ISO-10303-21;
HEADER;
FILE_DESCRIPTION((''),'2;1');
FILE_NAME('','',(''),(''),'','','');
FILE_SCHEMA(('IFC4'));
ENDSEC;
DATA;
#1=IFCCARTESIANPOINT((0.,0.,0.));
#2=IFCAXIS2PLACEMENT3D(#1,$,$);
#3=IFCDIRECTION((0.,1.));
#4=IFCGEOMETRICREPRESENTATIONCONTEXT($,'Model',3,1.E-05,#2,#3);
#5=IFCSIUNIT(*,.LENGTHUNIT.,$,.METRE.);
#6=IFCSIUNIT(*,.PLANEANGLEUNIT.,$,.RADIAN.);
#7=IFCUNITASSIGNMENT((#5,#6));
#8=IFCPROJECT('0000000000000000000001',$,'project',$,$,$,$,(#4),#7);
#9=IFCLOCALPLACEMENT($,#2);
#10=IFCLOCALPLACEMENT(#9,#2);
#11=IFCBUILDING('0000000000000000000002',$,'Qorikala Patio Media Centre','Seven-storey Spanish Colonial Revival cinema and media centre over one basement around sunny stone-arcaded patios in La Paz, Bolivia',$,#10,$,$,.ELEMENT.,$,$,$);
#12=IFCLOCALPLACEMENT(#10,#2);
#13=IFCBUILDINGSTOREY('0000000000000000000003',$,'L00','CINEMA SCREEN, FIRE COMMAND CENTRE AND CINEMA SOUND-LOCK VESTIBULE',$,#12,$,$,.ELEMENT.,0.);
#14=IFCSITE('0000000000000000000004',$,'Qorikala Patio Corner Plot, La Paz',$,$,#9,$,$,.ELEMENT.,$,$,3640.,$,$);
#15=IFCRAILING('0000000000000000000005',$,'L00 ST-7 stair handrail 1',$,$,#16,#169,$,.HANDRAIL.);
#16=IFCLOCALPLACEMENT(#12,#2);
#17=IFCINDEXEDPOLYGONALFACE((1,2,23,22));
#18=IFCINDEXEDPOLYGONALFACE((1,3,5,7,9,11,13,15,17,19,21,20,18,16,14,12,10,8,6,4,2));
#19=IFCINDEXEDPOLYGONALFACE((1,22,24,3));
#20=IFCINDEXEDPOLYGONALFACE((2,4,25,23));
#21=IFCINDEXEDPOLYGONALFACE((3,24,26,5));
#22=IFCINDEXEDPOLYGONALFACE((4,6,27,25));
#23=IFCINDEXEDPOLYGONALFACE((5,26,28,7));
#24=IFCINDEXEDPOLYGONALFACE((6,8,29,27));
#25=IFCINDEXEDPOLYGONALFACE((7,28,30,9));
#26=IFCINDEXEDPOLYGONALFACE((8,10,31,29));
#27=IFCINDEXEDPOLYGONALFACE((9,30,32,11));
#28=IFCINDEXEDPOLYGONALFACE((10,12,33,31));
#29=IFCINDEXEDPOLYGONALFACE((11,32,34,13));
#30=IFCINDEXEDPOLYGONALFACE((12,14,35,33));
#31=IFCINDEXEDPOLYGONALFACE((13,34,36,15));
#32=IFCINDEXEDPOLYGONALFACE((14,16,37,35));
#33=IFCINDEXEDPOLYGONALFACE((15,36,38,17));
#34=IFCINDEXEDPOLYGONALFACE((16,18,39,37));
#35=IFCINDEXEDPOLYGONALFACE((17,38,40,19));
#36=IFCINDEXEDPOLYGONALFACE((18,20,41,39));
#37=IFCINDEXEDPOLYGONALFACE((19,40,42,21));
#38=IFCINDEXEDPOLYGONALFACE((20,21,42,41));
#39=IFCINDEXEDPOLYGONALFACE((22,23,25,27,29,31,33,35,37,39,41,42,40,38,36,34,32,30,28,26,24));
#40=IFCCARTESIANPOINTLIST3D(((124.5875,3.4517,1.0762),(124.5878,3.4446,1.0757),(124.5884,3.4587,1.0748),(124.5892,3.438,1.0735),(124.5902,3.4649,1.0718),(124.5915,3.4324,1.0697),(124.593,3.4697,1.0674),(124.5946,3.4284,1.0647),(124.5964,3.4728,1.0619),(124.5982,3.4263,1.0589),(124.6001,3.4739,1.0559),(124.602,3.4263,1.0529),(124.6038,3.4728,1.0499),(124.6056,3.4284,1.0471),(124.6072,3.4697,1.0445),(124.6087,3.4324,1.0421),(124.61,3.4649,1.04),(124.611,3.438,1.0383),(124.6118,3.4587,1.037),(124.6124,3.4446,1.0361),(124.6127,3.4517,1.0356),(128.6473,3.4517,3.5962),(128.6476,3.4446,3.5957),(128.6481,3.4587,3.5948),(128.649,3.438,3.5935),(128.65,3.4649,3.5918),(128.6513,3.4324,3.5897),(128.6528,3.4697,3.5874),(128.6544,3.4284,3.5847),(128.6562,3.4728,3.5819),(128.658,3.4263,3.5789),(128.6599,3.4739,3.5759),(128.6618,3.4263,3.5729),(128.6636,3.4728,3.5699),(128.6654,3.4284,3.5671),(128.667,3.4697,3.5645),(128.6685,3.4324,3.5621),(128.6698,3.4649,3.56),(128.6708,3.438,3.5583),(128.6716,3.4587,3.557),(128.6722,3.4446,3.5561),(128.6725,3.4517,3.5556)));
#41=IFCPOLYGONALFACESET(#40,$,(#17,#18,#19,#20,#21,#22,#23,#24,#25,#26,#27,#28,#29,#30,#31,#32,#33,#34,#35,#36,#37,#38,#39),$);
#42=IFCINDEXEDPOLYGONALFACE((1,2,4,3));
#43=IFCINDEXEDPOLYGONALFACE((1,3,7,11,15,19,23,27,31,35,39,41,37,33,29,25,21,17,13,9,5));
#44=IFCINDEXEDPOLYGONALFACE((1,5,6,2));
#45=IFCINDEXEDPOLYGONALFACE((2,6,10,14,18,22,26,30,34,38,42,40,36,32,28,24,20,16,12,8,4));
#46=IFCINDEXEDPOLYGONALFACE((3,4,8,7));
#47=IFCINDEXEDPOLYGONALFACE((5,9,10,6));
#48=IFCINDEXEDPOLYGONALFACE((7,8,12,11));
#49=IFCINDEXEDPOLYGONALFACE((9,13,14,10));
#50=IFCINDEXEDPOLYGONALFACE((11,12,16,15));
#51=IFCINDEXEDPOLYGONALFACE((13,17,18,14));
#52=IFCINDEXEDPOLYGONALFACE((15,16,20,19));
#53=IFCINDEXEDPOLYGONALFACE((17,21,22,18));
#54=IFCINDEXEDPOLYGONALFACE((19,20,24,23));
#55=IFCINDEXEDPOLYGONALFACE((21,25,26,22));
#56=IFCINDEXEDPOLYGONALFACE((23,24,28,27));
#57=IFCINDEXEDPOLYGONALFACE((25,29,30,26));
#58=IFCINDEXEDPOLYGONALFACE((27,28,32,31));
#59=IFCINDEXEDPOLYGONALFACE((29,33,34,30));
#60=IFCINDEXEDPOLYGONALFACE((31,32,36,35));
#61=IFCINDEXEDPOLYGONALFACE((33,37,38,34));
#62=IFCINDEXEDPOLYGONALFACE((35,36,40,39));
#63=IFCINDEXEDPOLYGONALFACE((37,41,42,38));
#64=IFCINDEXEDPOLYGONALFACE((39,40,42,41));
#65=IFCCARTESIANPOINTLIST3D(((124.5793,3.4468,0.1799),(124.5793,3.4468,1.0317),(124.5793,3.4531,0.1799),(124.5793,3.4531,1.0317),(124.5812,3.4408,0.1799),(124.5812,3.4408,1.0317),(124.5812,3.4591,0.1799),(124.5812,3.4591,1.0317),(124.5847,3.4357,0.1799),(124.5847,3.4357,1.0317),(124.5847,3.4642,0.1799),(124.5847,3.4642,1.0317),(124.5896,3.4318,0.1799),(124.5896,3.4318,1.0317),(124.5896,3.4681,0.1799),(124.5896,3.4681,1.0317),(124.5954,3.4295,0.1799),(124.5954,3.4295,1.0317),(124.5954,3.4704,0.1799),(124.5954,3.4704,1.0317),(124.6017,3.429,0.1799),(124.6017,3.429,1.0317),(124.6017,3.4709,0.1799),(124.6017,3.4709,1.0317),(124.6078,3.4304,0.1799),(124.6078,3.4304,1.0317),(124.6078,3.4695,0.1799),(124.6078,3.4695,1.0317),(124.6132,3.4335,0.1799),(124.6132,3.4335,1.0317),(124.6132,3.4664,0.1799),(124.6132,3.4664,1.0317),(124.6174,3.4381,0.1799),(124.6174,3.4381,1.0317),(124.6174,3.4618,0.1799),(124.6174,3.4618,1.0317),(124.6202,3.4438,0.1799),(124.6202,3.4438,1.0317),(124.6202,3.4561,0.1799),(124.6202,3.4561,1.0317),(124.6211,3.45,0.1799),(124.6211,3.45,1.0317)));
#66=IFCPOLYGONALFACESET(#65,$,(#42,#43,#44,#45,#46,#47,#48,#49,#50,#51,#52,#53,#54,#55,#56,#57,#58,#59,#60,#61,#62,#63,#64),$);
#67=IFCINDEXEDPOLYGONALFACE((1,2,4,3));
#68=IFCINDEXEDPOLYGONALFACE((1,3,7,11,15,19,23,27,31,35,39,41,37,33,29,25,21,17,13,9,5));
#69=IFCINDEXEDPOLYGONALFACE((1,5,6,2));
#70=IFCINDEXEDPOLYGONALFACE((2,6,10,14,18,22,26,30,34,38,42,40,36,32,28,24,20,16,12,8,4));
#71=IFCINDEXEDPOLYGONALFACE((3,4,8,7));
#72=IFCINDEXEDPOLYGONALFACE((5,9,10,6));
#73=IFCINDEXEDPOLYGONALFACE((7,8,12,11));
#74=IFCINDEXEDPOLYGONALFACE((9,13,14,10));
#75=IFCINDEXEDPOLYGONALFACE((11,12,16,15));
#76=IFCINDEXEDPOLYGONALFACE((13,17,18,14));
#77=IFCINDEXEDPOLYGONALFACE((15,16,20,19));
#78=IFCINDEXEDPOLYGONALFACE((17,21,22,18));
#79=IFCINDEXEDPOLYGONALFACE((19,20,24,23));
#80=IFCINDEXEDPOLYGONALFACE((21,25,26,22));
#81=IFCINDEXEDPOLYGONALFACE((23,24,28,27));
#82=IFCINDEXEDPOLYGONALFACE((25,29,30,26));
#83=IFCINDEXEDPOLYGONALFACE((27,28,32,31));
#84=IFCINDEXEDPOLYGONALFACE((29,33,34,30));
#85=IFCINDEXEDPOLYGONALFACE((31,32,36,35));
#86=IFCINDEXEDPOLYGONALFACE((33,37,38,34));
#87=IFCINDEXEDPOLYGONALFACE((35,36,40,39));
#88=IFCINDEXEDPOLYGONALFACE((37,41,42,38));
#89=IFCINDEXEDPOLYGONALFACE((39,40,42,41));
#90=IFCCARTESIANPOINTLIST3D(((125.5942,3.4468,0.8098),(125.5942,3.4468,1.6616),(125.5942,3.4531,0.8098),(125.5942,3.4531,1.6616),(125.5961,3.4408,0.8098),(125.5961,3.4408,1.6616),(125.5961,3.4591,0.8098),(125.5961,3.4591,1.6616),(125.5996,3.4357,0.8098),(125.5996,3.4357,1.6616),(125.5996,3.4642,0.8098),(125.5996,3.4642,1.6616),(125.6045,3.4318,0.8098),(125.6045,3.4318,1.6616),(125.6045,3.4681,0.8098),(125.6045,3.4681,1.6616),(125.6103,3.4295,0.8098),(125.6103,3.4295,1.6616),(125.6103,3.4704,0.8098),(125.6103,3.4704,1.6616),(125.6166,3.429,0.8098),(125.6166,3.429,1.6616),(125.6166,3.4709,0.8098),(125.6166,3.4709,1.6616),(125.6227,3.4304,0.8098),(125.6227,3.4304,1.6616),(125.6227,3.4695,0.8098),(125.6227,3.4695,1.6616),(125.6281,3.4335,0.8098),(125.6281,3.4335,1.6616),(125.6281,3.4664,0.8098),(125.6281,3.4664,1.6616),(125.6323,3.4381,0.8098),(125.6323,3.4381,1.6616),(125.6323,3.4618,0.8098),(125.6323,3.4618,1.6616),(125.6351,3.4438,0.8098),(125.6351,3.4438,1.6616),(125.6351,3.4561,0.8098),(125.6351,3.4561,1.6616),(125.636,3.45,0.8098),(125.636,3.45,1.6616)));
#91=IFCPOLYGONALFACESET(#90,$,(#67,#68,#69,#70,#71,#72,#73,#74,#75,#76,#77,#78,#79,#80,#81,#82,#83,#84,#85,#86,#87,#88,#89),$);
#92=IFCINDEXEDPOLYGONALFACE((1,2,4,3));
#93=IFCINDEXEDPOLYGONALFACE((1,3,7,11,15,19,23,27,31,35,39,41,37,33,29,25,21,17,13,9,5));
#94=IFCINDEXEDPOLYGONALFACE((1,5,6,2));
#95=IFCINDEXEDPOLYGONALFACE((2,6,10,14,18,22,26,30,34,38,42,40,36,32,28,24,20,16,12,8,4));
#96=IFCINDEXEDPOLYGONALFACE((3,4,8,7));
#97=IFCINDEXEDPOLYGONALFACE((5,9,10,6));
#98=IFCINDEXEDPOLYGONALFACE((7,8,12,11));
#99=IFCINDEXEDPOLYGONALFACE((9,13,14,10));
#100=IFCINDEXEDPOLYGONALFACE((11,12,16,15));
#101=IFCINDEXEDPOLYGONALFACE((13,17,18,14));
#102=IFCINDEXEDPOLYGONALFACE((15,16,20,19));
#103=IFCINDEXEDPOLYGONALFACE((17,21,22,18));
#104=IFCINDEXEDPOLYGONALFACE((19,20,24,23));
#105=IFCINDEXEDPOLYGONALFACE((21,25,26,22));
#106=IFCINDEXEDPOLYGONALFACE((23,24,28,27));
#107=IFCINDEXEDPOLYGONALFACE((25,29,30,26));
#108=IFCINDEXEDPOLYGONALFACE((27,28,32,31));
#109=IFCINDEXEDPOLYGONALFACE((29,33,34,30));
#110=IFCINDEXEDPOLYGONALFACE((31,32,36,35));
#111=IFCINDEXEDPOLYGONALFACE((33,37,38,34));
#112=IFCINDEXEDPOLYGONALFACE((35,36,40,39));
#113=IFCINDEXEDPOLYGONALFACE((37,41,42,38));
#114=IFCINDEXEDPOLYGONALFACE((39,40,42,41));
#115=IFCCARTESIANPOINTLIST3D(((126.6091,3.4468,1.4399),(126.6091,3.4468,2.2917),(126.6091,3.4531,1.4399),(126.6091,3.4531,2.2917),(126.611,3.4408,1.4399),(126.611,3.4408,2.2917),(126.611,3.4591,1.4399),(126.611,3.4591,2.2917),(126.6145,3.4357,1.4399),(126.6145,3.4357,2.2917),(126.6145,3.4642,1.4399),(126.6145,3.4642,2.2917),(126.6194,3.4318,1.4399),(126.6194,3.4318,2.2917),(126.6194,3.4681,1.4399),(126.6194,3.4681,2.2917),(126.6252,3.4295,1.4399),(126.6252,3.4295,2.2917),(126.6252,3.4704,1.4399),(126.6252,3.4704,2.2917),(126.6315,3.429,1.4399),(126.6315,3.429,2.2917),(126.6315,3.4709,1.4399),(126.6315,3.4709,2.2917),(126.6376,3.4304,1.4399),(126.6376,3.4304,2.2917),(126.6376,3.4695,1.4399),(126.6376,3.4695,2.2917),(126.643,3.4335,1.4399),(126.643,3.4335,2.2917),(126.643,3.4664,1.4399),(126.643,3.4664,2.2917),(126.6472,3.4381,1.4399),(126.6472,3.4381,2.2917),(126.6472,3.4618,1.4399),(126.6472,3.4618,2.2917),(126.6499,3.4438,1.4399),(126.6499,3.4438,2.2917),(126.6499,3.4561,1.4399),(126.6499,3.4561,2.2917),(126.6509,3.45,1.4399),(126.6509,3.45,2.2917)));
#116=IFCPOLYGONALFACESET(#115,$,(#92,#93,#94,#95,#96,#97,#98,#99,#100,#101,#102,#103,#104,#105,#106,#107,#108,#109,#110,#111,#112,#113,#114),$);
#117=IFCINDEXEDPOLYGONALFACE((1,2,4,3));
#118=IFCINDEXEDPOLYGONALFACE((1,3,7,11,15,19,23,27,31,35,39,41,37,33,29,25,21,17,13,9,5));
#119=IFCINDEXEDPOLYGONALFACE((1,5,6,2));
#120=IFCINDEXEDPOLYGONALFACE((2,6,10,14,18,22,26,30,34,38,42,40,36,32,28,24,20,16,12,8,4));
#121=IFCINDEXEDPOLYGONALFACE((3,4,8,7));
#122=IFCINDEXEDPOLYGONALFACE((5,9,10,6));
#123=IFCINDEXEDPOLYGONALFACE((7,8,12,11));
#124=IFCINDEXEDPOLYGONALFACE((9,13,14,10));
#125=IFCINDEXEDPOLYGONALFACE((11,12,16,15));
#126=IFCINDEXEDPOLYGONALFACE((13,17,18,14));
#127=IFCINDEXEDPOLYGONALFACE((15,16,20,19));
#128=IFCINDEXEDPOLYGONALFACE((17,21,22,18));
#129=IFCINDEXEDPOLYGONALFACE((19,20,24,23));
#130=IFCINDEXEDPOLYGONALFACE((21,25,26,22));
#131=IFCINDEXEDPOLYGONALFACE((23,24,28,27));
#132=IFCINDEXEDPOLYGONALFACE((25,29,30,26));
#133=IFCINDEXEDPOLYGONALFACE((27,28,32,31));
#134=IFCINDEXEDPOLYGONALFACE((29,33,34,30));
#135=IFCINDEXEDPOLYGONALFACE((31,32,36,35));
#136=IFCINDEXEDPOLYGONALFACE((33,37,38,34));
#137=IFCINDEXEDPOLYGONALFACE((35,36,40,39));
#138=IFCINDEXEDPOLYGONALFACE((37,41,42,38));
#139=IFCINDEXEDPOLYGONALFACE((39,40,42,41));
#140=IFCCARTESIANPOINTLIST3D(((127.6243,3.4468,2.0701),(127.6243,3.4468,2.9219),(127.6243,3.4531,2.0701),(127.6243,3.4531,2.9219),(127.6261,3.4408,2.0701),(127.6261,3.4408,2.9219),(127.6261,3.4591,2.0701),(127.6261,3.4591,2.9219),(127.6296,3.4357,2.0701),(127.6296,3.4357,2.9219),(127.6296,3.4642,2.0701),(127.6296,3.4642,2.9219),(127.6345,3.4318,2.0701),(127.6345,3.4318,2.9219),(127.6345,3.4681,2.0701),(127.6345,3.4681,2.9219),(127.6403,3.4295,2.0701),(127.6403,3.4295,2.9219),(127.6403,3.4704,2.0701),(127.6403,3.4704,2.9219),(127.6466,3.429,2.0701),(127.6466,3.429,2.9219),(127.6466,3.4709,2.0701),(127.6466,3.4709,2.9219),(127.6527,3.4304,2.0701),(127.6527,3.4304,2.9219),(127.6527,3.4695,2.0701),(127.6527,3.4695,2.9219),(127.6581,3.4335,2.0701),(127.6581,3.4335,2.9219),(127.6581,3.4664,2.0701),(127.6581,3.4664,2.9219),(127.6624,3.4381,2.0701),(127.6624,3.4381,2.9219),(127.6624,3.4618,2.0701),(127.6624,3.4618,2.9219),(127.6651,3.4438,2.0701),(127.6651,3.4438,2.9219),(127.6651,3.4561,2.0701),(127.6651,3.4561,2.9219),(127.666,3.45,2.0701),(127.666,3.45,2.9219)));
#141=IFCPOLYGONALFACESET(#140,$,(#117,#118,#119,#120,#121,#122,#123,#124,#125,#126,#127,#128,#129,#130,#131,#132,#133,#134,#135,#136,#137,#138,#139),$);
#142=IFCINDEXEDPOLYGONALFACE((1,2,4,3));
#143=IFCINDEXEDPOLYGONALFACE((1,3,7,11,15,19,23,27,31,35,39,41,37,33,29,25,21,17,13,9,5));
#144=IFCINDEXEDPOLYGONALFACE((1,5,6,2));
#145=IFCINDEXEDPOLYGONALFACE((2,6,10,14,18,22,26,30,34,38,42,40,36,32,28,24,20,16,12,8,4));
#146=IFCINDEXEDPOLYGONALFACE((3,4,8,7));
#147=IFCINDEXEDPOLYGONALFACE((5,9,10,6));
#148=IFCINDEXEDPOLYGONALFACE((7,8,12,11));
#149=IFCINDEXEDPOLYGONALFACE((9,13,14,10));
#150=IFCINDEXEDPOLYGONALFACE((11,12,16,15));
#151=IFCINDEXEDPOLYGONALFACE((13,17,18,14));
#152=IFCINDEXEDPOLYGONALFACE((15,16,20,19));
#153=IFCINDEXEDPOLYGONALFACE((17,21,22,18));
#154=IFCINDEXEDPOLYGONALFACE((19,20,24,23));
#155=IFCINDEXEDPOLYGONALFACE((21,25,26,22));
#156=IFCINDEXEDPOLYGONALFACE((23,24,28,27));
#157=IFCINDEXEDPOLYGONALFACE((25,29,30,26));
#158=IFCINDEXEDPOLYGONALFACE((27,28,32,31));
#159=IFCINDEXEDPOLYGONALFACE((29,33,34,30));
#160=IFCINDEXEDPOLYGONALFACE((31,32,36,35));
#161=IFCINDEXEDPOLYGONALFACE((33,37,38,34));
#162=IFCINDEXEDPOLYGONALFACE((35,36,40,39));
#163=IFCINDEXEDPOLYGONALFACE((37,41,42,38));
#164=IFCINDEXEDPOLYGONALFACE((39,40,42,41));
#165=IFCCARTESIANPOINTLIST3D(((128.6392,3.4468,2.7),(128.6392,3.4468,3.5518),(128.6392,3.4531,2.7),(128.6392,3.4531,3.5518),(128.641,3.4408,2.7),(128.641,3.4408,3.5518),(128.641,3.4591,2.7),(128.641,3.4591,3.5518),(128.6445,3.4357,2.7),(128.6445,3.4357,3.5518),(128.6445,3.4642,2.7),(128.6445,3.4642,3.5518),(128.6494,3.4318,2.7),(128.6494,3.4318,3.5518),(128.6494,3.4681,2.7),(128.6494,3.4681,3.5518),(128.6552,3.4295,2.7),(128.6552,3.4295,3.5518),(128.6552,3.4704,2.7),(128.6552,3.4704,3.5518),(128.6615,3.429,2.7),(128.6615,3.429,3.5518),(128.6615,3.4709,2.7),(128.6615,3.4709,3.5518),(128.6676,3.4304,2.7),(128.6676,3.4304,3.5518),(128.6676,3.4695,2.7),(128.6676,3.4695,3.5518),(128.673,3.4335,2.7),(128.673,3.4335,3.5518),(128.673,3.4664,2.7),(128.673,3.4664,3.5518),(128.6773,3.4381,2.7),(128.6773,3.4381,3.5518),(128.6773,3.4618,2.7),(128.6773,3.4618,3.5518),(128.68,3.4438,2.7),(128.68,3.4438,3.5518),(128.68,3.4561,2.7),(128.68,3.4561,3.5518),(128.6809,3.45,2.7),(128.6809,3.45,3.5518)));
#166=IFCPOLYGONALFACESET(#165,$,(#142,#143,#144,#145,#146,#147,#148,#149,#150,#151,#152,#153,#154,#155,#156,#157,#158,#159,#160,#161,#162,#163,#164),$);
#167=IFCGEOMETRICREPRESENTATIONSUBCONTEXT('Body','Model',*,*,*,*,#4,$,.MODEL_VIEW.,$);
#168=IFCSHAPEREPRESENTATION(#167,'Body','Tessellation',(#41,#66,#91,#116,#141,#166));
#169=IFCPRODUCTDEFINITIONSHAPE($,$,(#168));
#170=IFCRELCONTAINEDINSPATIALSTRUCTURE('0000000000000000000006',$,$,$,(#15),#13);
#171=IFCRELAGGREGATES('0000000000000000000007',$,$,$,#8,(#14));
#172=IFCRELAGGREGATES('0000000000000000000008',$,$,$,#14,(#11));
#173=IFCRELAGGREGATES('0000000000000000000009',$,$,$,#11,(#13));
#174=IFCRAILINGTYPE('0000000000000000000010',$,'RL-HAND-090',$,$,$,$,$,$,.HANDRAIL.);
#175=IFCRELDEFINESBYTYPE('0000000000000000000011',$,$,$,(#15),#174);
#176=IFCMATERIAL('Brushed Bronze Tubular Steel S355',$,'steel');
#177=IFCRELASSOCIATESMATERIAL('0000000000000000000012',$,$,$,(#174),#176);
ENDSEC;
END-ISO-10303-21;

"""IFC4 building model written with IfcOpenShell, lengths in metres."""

from ifc_helpers import new_model, si_unit, direction, frame, origin, origin_2d, place, context, subcontext, project, spatial, circle, extrude, material, type_object, element, save


model = new_model("IFC4")

# Units and contexts
model_context = context("Model", 3, precision=1e-05, world=origin(), true_north=direction((0.0, 1.0)))
body_context = subcontext(model_context, "Body", "Model", "MODEL_VIEW")
ifc_project = project(units=[si_unit("LENGTHUNIT", "METRE"), si_unit("PLANEANGLEUNIT", "RADIAN")], contexts=[model_context])

# Site, building, storey
site_placement = place(None, origin())
site = spatial("IfcSite", under=ifc_project, at=site_placement, Name="Qorikala Patio Corner Plot, La Paz", CompositionType="ELEMENT", RefElevation=3640.0)
building_placement = place(site_placement, origin())
building = spatial("IfcBuilding", under=site, at=building_placement, Name="Qorikala Patio Media Centre", Description="Seven-storey Spanish Colonial Revival cinema and media centre over one basement around sunny stone-arcaded patios in La Paz, Bolivia", CompositionType="ELEMENT")
storey_placement = place(building_placement, origin())
storey = spatial("IfcBuildingStorey", under=building, at=storey_placement, Name="L00", Description="CINEMA SCREEN, FIRE COMMAND CENTRE AND CINEMA SOUND-LOCK VESTIBULE", CompositionType="ELEMENT", Elevation=0.0)

# Railing
ifc_material_1 = material(Name="Brushed Bronze Tubular Steel S355", Category="steel")
railing_type_1 = type_object("IfcRailingType", Name="RL-HAND-090", PredefinedType="HANDRAIL", material=ifc_material_1)
railing_1_placement = place(storey_placement, frame((124.6001, 3.45, 0.1799)))
element("IfcRailing", 1, at=railing_1_placement, inside=storey, type_object=railing_type_1, Name="L00 ST-7 stair handrail 1", PredefinedType="HANDRAIL", context=body_context, shape_type="SweptSolid", body=[
    extrude(circle(Radius=0.0239, at=origin_2d()), frame((0.0, 0.0, 0.876), z_axis=(0.849628, 0.0, 0.527383), x_axis=(0.0, 1.0, 0.0)), (0.0, 0.0, 1.0), 4.7783),
    extrude(circle(Radius=0.021, at=origin_2d()), origin(), (0.0, 0.0, 1.0), 0.8518),
    extrude(circle(Radius=0.021, at=origin_2d()), frame((1.0149, 0.0, 0.6299)), (0.0, 0.0, 1.0), 0.8518),
    extrude(circle(Radius=0.021, at=origin_2d()), frame((2.0298, 0.0, 1.26)), (0.0, 0.0, 1.0), 0.8518),
    extrude(circle(Radius=0.021, at=origin_2d()), frame((3.0449, 0.0, 1.8901)), (0.0, 0.0, 1.0), 0.8518),
    extrude(circle(Radius=0.021, at=origin_2d()), frame((4.0598, 0.0, 2.52)), (0.0, 0.0, 1.0), 0.8518),
])

save(model, "model.ifc")
